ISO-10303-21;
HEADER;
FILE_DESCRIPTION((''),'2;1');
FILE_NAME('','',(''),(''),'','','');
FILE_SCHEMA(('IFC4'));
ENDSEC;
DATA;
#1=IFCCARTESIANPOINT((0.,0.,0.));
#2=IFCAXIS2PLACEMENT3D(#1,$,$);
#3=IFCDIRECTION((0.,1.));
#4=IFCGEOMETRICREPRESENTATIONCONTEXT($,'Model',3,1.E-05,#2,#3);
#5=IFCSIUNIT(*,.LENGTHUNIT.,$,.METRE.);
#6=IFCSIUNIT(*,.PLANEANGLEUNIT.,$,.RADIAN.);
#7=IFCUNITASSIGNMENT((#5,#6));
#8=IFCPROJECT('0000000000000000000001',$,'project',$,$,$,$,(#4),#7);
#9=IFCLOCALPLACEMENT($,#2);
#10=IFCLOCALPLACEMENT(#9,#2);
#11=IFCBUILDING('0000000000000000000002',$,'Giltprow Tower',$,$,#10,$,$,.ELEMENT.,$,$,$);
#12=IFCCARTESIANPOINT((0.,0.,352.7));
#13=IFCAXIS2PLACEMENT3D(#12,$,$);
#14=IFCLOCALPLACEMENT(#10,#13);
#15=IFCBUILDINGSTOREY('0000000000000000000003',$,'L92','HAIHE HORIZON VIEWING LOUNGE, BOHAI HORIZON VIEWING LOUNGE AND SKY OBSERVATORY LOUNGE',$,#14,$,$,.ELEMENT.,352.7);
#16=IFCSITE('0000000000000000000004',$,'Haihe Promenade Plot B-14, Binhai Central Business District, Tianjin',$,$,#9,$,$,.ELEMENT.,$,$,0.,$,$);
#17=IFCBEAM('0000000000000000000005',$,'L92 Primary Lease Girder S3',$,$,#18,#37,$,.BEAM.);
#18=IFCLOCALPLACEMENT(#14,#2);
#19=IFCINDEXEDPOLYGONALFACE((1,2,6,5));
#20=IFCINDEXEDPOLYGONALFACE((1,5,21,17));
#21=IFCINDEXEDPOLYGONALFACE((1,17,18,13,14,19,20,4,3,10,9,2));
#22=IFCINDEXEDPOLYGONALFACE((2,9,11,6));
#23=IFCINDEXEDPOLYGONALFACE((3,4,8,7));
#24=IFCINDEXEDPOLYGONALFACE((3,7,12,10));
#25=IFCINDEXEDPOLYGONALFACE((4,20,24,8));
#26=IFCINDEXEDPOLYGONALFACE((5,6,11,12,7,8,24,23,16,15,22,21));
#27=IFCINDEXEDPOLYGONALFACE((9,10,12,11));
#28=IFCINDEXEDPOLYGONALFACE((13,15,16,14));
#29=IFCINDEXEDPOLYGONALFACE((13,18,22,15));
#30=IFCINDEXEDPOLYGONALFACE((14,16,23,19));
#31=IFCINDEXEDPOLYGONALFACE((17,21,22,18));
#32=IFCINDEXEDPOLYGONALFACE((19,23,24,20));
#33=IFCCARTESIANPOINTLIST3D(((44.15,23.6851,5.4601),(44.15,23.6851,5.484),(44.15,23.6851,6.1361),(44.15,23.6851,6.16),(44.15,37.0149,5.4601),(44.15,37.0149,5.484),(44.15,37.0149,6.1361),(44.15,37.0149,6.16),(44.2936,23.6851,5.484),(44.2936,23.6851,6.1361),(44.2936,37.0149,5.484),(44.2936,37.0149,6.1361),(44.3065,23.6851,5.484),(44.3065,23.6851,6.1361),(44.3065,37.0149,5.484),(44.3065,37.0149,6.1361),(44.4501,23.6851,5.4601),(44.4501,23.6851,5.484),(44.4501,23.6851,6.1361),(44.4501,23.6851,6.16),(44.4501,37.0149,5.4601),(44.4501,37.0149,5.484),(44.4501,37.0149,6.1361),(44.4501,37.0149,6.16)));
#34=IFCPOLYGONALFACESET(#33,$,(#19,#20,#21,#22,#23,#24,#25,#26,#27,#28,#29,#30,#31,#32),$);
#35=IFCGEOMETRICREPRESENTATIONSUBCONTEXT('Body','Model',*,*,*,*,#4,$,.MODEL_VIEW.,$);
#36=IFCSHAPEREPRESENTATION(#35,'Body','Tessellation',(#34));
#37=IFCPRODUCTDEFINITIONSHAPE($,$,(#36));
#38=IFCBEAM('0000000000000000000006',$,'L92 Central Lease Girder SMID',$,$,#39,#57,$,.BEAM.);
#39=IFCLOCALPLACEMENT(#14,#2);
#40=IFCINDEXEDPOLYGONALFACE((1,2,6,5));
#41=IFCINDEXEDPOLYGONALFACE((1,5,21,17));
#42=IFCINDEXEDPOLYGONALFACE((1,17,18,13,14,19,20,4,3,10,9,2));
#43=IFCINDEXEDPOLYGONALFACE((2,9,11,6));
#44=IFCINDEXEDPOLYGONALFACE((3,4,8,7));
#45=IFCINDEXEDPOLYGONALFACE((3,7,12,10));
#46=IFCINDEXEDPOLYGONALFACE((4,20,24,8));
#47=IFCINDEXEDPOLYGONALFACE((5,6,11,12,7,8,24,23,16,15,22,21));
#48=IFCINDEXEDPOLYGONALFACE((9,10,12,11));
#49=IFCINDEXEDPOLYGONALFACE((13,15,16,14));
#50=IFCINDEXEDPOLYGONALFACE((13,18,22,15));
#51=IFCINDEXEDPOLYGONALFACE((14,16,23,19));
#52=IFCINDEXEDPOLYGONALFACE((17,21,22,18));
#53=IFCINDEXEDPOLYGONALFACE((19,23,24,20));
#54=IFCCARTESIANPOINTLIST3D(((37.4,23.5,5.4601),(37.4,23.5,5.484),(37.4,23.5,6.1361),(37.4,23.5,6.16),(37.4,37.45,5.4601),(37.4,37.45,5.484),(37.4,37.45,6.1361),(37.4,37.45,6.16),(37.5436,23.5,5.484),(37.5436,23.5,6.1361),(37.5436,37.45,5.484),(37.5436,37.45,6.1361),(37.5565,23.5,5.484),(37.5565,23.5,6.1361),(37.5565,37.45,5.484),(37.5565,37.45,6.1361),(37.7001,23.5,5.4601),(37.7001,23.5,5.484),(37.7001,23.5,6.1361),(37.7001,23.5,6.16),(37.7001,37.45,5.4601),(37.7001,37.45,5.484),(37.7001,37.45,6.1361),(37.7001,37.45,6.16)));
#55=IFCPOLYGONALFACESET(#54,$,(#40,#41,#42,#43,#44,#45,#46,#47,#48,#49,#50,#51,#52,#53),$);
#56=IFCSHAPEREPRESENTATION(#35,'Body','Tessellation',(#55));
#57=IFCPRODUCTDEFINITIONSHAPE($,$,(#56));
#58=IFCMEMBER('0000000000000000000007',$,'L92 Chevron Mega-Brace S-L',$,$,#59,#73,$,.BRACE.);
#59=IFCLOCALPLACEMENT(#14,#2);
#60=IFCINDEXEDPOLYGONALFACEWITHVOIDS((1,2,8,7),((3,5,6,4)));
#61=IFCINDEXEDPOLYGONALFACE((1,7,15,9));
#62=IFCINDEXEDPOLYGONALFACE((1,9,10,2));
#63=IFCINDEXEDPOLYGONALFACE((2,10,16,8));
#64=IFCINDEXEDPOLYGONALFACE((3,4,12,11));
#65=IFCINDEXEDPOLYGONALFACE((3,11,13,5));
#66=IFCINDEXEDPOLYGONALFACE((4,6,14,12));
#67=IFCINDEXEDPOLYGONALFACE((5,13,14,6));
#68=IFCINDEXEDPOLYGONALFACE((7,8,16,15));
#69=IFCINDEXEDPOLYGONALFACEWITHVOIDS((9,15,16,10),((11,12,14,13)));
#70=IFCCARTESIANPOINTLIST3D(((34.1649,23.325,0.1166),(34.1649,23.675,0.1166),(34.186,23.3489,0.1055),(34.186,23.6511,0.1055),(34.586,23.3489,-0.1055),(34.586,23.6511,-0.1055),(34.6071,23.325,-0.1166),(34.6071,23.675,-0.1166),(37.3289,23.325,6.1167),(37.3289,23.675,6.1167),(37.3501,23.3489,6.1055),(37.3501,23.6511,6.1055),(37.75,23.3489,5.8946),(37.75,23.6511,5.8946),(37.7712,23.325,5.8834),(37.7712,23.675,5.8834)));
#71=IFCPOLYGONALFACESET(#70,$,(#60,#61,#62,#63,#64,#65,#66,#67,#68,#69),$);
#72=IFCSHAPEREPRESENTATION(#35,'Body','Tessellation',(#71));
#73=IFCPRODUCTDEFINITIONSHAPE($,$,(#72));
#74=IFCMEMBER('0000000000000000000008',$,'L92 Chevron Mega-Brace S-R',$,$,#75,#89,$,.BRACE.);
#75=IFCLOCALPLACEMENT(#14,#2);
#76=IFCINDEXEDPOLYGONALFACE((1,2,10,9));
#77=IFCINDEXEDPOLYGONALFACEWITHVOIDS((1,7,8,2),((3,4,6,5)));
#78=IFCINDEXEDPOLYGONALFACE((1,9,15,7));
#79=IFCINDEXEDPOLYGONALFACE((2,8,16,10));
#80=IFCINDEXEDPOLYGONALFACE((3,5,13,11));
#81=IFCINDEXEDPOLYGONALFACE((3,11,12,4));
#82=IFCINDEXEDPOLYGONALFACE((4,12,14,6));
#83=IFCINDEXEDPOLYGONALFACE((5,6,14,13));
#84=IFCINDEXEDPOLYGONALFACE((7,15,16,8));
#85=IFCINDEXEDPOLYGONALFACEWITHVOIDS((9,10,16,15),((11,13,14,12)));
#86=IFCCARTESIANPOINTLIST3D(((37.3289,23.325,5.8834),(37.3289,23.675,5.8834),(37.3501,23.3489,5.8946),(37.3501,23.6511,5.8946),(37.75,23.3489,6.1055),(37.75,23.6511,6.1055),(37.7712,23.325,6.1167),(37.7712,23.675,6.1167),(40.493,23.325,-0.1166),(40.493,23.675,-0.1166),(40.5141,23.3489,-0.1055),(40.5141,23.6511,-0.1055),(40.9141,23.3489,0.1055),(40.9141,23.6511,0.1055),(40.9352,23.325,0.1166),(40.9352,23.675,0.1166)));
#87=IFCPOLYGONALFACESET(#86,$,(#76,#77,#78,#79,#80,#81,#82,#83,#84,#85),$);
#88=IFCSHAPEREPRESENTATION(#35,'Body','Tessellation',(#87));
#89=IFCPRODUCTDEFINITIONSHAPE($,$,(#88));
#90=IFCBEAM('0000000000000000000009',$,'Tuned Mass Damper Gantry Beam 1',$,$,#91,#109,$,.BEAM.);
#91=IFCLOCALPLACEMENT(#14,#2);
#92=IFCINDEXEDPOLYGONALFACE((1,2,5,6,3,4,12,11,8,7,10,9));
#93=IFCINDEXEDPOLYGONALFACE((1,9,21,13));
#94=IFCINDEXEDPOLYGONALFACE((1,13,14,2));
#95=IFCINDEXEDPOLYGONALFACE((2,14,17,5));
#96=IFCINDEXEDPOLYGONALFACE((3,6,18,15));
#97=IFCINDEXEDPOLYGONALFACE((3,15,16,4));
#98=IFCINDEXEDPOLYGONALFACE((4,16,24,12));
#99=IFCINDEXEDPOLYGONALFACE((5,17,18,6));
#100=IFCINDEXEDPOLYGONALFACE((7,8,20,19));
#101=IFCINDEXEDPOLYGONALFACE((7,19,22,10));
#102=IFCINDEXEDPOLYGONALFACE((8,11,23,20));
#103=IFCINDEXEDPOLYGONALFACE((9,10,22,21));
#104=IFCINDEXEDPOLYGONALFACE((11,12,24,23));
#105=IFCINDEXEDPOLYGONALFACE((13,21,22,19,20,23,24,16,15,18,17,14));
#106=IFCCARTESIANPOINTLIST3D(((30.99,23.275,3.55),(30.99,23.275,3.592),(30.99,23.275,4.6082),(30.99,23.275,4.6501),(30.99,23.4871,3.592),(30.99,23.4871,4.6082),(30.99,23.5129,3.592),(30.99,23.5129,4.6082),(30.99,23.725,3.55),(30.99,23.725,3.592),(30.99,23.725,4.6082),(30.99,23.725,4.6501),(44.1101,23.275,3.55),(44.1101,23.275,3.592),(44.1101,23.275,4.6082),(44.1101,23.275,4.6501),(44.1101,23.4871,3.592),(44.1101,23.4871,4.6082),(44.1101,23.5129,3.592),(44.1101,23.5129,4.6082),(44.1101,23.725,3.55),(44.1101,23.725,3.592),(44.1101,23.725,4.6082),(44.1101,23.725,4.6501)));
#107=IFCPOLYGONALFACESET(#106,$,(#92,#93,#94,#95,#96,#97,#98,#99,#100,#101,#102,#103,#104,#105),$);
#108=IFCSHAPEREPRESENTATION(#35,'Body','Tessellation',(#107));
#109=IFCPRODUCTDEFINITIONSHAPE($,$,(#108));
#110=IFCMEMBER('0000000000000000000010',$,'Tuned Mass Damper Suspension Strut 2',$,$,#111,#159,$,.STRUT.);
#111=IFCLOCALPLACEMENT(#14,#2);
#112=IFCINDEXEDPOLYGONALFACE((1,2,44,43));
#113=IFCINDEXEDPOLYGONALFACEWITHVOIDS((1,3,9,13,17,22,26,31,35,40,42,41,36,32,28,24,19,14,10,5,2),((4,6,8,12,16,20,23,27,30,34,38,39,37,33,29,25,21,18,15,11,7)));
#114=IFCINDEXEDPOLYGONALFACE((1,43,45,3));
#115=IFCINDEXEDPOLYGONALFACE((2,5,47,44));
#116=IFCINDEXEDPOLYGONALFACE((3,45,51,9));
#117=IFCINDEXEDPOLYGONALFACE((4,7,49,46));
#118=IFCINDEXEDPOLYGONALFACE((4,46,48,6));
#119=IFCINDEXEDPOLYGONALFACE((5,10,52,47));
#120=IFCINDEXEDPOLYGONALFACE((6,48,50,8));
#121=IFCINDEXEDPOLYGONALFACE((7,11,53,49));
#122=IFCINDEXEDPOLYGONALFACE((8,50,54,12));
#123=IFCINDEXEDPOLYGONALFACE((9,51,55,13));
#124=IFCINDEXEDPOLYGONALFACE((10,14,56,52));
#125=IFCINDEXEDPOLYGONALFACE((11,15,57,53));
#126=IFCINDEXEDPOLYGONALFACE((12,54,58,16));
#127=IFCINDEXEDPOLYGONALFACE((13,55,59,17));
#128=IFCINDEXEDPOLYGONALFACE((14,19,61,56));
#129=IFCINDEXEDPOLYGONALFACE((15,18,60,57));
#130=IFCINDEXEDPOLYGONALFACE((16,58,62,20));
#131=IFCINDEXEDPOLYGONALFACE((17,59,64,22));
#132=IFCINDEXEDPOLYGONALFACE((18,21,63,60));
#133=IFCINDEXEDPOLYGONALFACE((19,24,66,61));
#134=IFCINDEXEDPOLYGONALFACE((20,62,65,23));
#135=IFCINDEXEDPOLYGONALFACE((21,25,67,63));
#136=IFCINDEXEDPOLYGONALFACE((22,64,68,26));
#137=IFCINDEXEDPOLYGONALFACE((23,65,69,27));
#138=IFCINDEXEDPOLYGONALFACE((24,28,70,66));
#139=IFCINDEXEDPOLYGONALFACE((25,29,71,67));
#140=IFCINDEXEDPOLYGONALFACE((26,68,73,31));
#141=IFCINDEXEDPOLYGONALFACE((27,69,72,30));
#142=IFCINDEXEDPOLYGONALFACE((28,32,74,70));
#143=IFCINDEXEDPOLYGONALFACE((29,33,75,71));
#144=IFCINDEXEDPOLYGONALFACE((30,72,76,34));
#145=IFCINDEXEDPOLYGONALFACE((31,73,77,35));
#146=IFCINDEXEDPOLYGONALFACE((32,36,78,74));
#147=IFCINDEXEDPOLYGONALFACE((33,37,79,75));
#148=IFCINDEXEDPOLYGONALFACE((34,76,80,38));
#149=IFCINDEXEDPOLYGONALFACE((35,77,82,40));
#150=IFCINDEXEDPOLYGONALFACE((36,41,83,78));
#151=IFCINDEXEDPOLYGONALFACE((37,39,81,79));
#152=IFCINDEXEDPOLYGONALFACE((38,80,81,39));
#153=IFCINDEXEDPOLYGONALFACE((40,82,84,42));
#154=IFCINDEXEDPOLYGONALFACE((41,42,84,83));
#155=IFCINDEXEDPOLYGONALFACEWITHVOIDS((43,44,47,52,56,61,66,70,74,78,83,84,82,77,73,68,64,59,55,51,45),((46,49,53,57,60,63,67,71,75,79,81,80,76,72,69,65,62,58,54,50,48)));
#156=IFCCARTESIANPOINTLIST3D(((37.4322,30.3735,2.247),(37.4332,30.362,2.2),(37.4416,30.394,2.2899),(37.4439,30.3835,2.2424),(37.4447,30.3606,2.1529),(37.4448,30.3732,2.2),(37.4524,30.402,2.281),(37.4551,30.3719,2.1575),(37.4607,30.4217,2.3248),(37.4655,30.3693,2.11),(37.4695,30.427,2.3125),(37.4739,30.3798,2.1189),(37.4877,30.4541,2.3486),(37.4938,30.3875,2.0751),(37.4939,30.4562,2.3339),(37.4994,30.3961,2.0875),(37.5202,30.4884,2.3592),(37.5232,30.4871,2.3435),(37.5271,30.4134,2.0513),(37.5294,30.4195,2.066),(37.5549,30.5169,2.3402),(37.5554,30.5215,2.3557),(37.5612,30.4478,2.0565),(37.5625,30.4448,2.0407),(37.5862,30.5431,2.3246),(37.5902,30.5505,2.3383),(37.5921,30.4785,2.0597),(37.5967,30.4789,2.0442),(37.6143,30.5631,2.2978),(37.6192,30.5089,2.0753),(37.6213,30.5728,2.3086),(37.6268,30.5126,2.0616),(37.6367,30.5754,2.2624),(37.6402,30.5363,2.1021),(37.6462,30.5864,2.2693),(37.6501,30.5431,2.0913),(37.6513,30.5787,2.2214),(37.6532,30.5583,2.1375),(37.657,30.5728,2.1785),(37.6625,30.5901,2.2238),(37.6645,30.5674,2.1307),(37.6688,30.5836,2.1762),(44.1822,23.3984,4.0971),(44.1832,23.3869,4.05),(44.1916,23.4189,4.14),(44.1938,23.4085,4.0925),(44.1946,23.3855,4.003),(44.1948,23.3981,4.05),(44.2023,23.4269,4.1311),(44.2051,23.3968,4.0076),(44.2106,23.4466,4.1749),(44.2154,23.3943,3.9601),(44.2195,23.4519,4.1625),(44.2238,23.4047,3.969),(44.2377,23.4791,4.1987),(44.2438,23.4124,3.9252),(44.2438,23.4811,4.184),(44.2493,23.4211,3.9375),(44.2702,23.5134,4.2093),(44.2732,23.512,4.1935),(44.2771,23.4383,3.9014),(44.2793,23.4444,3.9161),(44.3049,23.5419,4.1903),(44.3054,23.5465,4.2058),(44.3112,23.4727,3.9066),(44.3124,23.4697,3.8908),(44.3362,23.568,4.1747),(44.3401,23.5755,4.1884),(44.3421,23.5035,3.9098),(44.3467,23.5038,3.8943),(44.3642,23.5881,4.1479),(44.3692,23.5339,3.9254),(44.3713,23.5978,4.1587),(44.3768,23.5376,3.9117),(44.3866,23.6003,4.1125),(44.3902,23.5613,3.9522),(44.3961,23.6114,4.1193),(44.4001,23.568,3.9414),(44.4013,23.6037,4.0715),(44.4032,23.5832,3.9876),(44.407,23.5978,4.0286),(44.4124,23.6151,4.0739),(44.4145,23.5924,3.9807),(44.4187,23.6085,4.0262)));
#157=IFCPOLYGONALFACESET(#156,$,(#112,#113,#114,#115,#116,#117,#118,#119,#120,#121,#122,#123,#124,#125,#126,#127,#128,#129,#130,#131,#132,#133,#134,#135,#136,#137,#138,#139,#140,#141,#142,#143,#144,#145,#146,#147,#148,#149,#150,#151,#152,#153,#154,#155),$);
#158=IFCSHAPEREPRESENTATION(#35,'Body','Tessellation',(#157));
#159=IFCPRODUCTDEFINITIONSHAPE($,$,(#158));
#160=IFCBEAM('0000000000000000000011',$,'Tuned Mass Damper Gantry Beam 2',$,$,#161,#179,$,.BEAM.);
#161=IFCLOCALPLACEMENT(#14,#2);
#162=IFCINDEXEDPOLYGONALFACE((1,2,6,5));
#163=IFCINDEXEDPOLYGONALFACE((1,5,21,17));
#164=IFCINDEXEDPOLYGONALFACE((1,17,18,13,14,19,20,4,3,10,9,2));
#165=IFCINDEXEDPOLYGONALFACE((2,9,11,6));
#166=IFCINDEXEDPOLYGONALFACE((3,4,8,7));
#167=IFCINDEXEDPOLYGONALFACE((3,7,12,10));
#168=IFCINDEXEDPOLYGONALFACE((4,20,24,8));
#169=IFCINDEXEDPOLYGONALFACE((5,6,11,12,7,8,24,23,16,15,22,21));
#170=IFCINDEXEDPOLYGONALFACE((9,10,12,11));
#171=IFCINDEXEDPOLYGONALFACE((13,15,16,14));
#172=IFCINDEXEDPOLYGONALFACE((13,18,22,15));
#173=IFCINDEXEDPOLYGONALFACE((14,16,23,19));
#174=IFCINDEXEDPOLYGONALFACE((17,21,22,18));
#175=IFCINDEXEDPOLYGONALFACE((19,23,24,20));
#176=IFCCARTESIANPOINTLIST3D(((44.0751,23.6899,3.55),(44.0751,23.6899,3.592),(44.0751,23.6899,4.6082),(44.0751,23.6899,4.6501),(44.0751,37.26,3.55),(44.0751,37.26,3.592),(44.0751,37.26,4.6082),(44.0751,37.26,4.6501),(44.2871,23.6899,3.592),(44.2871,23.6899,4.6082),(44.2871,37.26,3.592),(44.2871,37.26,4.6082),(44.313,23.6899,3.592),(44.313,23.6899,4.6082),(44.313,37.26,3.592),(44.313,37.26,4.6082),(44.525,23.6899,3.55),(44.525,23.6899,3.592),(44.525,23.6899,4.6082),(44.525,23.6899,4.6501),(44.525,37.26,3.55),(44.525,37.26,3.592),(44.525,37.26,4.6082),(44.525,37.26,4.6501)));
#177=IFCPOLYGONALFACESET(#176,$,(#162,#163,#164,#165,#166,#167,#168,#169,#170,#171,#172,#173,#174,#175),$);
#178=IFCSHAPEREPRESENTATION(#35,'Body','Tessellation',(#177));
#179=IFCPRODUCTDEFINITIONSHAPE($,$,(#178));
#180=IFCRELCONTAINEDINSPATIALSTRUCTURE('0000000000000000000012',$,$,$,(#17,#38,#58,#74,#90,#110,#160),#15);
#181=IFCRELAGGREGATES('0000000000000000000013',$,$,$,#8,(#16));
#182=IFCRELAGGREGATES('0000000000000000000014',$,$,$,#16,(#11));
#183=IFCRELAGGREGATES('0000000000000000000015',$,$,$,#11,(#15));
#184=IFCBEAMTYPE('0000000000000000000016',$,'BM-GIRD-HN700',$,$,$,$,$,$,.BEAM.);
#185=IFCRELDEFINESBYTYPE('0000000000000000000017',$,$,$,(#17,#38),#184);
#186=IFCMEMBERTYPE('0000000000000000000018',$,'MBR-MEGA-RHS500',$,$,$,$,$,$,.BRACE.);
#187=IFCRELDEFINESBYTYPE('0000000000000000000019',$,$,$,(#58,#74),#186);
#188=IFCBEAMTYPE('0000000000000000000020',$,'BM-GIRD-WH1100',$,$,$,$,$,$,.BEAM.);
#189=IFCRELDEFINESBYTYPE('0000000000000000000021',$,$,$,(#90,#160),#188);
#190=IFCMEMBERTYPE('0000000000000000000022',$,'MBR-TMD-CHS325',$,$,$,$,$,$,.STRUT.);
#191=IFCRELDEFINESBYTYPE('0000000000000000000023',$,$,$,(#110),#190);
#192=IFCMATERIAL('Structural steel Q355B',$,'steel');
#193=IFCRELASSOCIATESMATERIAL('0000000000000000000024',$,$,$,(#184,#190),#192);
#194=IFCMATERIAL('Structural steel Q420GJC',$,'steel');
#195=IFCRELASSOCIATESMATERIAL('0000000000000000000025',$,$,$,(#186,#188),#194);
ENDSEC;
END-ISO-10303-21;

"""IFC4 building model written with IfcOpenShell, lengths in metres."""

from ifc_helpers import new_model, si_unit, direction, frame, origin, origin_2d, place, context, subcontext, project, spatial, hollow_rectangle, hollow_circle, i_section, extrude, source, transform, mapped, material, material_profile, profile_set, type_object, element, save


model = new_model("IFC4")

# Units and contexts
model_context = context("Model", 3, precision=1e-05, world=origin(), true_north=direction((0.0, 1.0)))
body_context = subcontext(model_context, "Body", "Model", "MODEL_VIEW")
ifc_project = project(units=[si_unit("LENGTHUNIT", "METRE"), si_unit("PLANEANGLEUNIT", "RADIAN")], contexts=[model_context])

# Site, building, storey
site_placement = place(None, origin())
site = spatial("IfcSite", under=ifc_project, at=site_placement, Name="Haihe Promenade Plot B-14, Binhai Central Business District, Tianjin", CompositionType="ELEMENT", RefElevation=0.0)
building_placement = place(site_placement, origin())
building = spatial("IfcBuilding", under=site, at=building_placement, Name="Giltprow Tower", CompositionType="ELEMENT")
storey_placement = place(building_placement, frame((0.0, 0.0, 352.7)))
storey = spatial("IfcBuildingStorey", under=building, at=storey_placement, Name="L92", Description="HAIHE HORIZON VIEWING LOUNGE, BOHAI HORIZON VIEWING LOUNGE AND SKY OBSERVATORY LOUNGE", CompositionType="ELEMENT", Elevation=352.7)

# Shared definitions
ifc_material_1 = material(Name="Structural steel Q355B", Category="steel")

# Beams
ifc_material_profile_1 = material_profile(ifc_material_1, i_section(OverallWidth=0.3, OverallDepth=0.7, WebThickness=0.0129, FlangeThickness=0.0239, at=origin_2d()), Name="HN 700x300x13x24")
ifc_profile_set_1 = profile_set([ifc_material_profile_1], Name="Structural steel Q355B")
beam_type_1 = type_object("IfcBeamType", Name="BM-GIRD-HN700", PredefinedType="BEAM", material=ifc_profile_set_1)
shared_shape_1 = source(origin(), body_context, "Body", "SweptSolid", [
    extrude(i_section(OverallWidth=0.3, OverallDepth=0.7, WebThickness=0.0129, FlangeThickness=0.0239, at=origin_2d()), origin(), (0.0, 0.0, 1.0), 13.3298),
])
beam_1_placement = place(storey_placement, frame((44.3, 23.6851, 5.8101), z_axis=(0.0, 1.0, 0.0), x_axis=(-1.0, 0.0, 0.0)))
element("IfcBeam", 1, at=beam_1_placement, inside=storey, type_object=beam_type_1, Name="L92 Primary Lease Girder S3", PredefinedType="BEAM", context=body_context, shape_type="MappedRepresentation", body=[
    mapped(shared_shape_1, transform((0.0, 0.0, 0.0), x_axis=(1.0, 0.0, 0.0), y_axis=(0.0, 1.0, 0.0), z_axis=(0.0, 0.0, 1.0), scale=1.0)),
])
shared_shape_2 = source(origin(), body_context, "Body", "SweptSolid", [
    extrude(i_section(OverallWidth=0.3, OverallDepth=0.7, WebThickness=0.0129, FlangeThickness=0.0239, at=origin_2d()), origin(), (0.0, 0.0, 1.0), 13.95),
])
beam_2_placement = place(storey_placement, frame((37.55, 23.5, 5.8101), z_axis=(0.0, 1.0, 0.0), x_axis=(-1.0, 0.0, 0.0)))
element("IfcBeam", 2, at=beam_2_placement, inside=storey, type_object=beam_type_1, Name="L92 Central Lease Girder SMID", PredefinedType="BEAM", context=body_context, shape_type="MappedRepresentation", body=[
    mapped(shared_shape_2, transform((0.0, 0.0, 0.0), x_axis=(1.0, 0.0, 0.0), y_axis=(0.0, 1.0, 0.0), z_axis=(0.0, 0.0, 1.0), scale=1.0)),
])

# Members
ifc_material_2 = material(Name="Structural steel Q420GJC", Category="steel")
ifc_material_profile_2 = material_profile(ifc_material_2, hollow_rectangle(XDim=0.3501, YDim=0.5, WallThickness=0.0239, at=origin_2d()), Name="RHS 500x350x24")
ifc_profile_set_2 = profile_set([ifc_material_profile_2], Name="Structural steel Q420GJC")
member_type_1 = type_object("IfcMemberType", Name="MBR-MEGA-RHS500", PredefinedType="BRACE", material=ifc_profile_set_2)
shared_shape_3 = source(origin(), body_context, "Body", "SweptSolid", [
    extrude(hollow_rectangle(XDim=0.3501, YDim=0.5, WallThickness=0.0239, at=origin_2d()), origin(), (0.0, 0.0, 1.0), 6.7832),
])
for number, where, z_axis, x_axis, name in (
    (3, (34.386, 23.5, 0.0), (0.466458, 0.0, 0.884543), (0.0, 1.0, 0.0), "L92 Chevron Mega-Brace S-L"),
    (4, (40.7141, 23.5, 0.0), (-0.466458, 0.0, 0.884543), (0.0, -1.0, 0.0), "L92 Chevron Mega-Brace S-R"),
):
    element("IfcMember", number, at=place(storey_placement, frame(where, z_axis=z_axis, x_axis=x_axis)), inside=storey, type_object=member_type_1, Name=name, PredefinedType="BRACE", context=body_context, shape_type="MappedRepresentation", body=[
        mapped(shared_shape_3, transform((0.0, 0.0, 0.0), x_axis=(1.0, 0.0, 0.0), y_axis=(0.0, 1.0, 0.0), z_axis=(0.0, 0.0, 1.0), scale=1.0)),
    ])

# Beam
ifc_material_profile_3 = material_profile(ifc_material_2, i_section(OverallWidth=0.45, OverallDepth=1.1001, WebThickness=0.0259, FlangeThickness=0.042, at=origin_2d()), Name="WH 1100x450x26x42")
ifc_profile_set_3 = profile_set([ifc_material_profile_3], Name="Structural steel Q420GJC")
beam_type_2 = type_object("IfcBeamType", Name="BM-GIRD-WH1100", PredefinedType="BEAM", material=ifc_profile_set_3)
shared_shape_4 = source(origin(), body_context, "Body", "SweptSolid", [
    extrude(i_section(OverallWidth=0.45, OverallDepth=1.1001, WebThickness=0.0259, FlangeThickness=0.042, at=origin_2d()), origin(), (0.0, 0.0, 1.0), 13.1201),
])
beam_3_placement = place(storey_placement, frame((30.99, 23.5, 4.1001), z_axis=(1.0, 0.0, 0.0), x_axis=(0.0, 1.0, 0.0)))
element("IfcBeam", 5, at=beam_3_placement, inside=storey, type_object=beam_type_2, Name="Tuned Mass Damper Gantry Beam 1", PredefinedType="BEAM", context=body_context, shape_type="MappedRepresentation", body=[
    mapped(shared_shape_4, transform((0.0, 0.0, 0.0), x_axis=(1.0, 0.0, 0.0), y_axis=(0.0, 1.0, 0.0), z_axis=(0.0, 0.0, 1.0), scale=1.0)),
])

# Member
ifc_material_profile_4 = material_profile(ifc_material_1, hollow_circle(Radius=0.1626, WallThickness=0.0161, at=origin_2d()), Name="CHS 325x16")
ifc_profile_set_4 = profile_set([ifc_material_profile_4], Name="Structural steel Q355B")
member_type_2 = type_object("IfcMemberType", Name="MBR-TMD-CHS325", PredefinedType="STRUT", material=ifc_profile_set_4)
shared_shape_5 = source(origin(), body_context, "Body", "SweptSolid", [
    extrude(hollow_circle(Radius=0.1626, WallThickness=0.0161, at=origin_2d()), origin(), (0.0, 0.0, 1.0), 9.8811),
])
member_1_placement = place(storey_placement, frame((44.3, 23.5, 4.05), z_axis=(-0.683118, 0.705899, -0.187235), x_axis=(-0.718607, -0.695416, 0.0)))
element("IfcMember", 6, at=member_1_placement, inside=storey, type_object=member_type_2, Name="Tuned Mass Damper Suspension Strut 2", PredefinedType="STRUT", context=body_context, shape_type="MappedRepresentation", body=[
    mapped(shared_shape_5, transform((0.0, 0.0, 0.0), x_axis=(1.0, 0.0, 0.0), y_axis=(0.0, 1.0, 0.0), z_axis=(0.0, 0.0, 1.0), scale=1.0)),
])

# Beam
shared_shape_6 = source(origin(), body_context, "Body", "SweptSolid", [
    extrude(i_section(OverallWidth=0.45, OverallDepth=1.1001, WebThickness=0.0259, FlangeThickness=0.042, at=origin_2d()), origin(), (0.0, 0.0, 1.0), 13.5701),
])
beam_4_placement = place(storey_placement, frame((44.3, 23.6899, 4.1001), z_axis=(0.0, 1.0, 0.0), x_axis=(-1.0, 0.0, 0.0)))
element("IfcBeam", 7, at=beam_4_placement, inside=storey, type_object=beam_type_2, Name="Tuned Mass Damper Gantry Beam 2", PredefinedType="BEAM", context=body_context, shape_type="MappedRepresentation", body=[
    mapped(shared_shape_6, transform((0.0, 0.0, 0.0), x_axis=(1.0, 0.0, 0.0), y_axis=(0.0, 1.0, 0.0), z_axis=(0.0, 0.0, 1.0), scale=1.0)),
])

save(model, "model.ifc")
